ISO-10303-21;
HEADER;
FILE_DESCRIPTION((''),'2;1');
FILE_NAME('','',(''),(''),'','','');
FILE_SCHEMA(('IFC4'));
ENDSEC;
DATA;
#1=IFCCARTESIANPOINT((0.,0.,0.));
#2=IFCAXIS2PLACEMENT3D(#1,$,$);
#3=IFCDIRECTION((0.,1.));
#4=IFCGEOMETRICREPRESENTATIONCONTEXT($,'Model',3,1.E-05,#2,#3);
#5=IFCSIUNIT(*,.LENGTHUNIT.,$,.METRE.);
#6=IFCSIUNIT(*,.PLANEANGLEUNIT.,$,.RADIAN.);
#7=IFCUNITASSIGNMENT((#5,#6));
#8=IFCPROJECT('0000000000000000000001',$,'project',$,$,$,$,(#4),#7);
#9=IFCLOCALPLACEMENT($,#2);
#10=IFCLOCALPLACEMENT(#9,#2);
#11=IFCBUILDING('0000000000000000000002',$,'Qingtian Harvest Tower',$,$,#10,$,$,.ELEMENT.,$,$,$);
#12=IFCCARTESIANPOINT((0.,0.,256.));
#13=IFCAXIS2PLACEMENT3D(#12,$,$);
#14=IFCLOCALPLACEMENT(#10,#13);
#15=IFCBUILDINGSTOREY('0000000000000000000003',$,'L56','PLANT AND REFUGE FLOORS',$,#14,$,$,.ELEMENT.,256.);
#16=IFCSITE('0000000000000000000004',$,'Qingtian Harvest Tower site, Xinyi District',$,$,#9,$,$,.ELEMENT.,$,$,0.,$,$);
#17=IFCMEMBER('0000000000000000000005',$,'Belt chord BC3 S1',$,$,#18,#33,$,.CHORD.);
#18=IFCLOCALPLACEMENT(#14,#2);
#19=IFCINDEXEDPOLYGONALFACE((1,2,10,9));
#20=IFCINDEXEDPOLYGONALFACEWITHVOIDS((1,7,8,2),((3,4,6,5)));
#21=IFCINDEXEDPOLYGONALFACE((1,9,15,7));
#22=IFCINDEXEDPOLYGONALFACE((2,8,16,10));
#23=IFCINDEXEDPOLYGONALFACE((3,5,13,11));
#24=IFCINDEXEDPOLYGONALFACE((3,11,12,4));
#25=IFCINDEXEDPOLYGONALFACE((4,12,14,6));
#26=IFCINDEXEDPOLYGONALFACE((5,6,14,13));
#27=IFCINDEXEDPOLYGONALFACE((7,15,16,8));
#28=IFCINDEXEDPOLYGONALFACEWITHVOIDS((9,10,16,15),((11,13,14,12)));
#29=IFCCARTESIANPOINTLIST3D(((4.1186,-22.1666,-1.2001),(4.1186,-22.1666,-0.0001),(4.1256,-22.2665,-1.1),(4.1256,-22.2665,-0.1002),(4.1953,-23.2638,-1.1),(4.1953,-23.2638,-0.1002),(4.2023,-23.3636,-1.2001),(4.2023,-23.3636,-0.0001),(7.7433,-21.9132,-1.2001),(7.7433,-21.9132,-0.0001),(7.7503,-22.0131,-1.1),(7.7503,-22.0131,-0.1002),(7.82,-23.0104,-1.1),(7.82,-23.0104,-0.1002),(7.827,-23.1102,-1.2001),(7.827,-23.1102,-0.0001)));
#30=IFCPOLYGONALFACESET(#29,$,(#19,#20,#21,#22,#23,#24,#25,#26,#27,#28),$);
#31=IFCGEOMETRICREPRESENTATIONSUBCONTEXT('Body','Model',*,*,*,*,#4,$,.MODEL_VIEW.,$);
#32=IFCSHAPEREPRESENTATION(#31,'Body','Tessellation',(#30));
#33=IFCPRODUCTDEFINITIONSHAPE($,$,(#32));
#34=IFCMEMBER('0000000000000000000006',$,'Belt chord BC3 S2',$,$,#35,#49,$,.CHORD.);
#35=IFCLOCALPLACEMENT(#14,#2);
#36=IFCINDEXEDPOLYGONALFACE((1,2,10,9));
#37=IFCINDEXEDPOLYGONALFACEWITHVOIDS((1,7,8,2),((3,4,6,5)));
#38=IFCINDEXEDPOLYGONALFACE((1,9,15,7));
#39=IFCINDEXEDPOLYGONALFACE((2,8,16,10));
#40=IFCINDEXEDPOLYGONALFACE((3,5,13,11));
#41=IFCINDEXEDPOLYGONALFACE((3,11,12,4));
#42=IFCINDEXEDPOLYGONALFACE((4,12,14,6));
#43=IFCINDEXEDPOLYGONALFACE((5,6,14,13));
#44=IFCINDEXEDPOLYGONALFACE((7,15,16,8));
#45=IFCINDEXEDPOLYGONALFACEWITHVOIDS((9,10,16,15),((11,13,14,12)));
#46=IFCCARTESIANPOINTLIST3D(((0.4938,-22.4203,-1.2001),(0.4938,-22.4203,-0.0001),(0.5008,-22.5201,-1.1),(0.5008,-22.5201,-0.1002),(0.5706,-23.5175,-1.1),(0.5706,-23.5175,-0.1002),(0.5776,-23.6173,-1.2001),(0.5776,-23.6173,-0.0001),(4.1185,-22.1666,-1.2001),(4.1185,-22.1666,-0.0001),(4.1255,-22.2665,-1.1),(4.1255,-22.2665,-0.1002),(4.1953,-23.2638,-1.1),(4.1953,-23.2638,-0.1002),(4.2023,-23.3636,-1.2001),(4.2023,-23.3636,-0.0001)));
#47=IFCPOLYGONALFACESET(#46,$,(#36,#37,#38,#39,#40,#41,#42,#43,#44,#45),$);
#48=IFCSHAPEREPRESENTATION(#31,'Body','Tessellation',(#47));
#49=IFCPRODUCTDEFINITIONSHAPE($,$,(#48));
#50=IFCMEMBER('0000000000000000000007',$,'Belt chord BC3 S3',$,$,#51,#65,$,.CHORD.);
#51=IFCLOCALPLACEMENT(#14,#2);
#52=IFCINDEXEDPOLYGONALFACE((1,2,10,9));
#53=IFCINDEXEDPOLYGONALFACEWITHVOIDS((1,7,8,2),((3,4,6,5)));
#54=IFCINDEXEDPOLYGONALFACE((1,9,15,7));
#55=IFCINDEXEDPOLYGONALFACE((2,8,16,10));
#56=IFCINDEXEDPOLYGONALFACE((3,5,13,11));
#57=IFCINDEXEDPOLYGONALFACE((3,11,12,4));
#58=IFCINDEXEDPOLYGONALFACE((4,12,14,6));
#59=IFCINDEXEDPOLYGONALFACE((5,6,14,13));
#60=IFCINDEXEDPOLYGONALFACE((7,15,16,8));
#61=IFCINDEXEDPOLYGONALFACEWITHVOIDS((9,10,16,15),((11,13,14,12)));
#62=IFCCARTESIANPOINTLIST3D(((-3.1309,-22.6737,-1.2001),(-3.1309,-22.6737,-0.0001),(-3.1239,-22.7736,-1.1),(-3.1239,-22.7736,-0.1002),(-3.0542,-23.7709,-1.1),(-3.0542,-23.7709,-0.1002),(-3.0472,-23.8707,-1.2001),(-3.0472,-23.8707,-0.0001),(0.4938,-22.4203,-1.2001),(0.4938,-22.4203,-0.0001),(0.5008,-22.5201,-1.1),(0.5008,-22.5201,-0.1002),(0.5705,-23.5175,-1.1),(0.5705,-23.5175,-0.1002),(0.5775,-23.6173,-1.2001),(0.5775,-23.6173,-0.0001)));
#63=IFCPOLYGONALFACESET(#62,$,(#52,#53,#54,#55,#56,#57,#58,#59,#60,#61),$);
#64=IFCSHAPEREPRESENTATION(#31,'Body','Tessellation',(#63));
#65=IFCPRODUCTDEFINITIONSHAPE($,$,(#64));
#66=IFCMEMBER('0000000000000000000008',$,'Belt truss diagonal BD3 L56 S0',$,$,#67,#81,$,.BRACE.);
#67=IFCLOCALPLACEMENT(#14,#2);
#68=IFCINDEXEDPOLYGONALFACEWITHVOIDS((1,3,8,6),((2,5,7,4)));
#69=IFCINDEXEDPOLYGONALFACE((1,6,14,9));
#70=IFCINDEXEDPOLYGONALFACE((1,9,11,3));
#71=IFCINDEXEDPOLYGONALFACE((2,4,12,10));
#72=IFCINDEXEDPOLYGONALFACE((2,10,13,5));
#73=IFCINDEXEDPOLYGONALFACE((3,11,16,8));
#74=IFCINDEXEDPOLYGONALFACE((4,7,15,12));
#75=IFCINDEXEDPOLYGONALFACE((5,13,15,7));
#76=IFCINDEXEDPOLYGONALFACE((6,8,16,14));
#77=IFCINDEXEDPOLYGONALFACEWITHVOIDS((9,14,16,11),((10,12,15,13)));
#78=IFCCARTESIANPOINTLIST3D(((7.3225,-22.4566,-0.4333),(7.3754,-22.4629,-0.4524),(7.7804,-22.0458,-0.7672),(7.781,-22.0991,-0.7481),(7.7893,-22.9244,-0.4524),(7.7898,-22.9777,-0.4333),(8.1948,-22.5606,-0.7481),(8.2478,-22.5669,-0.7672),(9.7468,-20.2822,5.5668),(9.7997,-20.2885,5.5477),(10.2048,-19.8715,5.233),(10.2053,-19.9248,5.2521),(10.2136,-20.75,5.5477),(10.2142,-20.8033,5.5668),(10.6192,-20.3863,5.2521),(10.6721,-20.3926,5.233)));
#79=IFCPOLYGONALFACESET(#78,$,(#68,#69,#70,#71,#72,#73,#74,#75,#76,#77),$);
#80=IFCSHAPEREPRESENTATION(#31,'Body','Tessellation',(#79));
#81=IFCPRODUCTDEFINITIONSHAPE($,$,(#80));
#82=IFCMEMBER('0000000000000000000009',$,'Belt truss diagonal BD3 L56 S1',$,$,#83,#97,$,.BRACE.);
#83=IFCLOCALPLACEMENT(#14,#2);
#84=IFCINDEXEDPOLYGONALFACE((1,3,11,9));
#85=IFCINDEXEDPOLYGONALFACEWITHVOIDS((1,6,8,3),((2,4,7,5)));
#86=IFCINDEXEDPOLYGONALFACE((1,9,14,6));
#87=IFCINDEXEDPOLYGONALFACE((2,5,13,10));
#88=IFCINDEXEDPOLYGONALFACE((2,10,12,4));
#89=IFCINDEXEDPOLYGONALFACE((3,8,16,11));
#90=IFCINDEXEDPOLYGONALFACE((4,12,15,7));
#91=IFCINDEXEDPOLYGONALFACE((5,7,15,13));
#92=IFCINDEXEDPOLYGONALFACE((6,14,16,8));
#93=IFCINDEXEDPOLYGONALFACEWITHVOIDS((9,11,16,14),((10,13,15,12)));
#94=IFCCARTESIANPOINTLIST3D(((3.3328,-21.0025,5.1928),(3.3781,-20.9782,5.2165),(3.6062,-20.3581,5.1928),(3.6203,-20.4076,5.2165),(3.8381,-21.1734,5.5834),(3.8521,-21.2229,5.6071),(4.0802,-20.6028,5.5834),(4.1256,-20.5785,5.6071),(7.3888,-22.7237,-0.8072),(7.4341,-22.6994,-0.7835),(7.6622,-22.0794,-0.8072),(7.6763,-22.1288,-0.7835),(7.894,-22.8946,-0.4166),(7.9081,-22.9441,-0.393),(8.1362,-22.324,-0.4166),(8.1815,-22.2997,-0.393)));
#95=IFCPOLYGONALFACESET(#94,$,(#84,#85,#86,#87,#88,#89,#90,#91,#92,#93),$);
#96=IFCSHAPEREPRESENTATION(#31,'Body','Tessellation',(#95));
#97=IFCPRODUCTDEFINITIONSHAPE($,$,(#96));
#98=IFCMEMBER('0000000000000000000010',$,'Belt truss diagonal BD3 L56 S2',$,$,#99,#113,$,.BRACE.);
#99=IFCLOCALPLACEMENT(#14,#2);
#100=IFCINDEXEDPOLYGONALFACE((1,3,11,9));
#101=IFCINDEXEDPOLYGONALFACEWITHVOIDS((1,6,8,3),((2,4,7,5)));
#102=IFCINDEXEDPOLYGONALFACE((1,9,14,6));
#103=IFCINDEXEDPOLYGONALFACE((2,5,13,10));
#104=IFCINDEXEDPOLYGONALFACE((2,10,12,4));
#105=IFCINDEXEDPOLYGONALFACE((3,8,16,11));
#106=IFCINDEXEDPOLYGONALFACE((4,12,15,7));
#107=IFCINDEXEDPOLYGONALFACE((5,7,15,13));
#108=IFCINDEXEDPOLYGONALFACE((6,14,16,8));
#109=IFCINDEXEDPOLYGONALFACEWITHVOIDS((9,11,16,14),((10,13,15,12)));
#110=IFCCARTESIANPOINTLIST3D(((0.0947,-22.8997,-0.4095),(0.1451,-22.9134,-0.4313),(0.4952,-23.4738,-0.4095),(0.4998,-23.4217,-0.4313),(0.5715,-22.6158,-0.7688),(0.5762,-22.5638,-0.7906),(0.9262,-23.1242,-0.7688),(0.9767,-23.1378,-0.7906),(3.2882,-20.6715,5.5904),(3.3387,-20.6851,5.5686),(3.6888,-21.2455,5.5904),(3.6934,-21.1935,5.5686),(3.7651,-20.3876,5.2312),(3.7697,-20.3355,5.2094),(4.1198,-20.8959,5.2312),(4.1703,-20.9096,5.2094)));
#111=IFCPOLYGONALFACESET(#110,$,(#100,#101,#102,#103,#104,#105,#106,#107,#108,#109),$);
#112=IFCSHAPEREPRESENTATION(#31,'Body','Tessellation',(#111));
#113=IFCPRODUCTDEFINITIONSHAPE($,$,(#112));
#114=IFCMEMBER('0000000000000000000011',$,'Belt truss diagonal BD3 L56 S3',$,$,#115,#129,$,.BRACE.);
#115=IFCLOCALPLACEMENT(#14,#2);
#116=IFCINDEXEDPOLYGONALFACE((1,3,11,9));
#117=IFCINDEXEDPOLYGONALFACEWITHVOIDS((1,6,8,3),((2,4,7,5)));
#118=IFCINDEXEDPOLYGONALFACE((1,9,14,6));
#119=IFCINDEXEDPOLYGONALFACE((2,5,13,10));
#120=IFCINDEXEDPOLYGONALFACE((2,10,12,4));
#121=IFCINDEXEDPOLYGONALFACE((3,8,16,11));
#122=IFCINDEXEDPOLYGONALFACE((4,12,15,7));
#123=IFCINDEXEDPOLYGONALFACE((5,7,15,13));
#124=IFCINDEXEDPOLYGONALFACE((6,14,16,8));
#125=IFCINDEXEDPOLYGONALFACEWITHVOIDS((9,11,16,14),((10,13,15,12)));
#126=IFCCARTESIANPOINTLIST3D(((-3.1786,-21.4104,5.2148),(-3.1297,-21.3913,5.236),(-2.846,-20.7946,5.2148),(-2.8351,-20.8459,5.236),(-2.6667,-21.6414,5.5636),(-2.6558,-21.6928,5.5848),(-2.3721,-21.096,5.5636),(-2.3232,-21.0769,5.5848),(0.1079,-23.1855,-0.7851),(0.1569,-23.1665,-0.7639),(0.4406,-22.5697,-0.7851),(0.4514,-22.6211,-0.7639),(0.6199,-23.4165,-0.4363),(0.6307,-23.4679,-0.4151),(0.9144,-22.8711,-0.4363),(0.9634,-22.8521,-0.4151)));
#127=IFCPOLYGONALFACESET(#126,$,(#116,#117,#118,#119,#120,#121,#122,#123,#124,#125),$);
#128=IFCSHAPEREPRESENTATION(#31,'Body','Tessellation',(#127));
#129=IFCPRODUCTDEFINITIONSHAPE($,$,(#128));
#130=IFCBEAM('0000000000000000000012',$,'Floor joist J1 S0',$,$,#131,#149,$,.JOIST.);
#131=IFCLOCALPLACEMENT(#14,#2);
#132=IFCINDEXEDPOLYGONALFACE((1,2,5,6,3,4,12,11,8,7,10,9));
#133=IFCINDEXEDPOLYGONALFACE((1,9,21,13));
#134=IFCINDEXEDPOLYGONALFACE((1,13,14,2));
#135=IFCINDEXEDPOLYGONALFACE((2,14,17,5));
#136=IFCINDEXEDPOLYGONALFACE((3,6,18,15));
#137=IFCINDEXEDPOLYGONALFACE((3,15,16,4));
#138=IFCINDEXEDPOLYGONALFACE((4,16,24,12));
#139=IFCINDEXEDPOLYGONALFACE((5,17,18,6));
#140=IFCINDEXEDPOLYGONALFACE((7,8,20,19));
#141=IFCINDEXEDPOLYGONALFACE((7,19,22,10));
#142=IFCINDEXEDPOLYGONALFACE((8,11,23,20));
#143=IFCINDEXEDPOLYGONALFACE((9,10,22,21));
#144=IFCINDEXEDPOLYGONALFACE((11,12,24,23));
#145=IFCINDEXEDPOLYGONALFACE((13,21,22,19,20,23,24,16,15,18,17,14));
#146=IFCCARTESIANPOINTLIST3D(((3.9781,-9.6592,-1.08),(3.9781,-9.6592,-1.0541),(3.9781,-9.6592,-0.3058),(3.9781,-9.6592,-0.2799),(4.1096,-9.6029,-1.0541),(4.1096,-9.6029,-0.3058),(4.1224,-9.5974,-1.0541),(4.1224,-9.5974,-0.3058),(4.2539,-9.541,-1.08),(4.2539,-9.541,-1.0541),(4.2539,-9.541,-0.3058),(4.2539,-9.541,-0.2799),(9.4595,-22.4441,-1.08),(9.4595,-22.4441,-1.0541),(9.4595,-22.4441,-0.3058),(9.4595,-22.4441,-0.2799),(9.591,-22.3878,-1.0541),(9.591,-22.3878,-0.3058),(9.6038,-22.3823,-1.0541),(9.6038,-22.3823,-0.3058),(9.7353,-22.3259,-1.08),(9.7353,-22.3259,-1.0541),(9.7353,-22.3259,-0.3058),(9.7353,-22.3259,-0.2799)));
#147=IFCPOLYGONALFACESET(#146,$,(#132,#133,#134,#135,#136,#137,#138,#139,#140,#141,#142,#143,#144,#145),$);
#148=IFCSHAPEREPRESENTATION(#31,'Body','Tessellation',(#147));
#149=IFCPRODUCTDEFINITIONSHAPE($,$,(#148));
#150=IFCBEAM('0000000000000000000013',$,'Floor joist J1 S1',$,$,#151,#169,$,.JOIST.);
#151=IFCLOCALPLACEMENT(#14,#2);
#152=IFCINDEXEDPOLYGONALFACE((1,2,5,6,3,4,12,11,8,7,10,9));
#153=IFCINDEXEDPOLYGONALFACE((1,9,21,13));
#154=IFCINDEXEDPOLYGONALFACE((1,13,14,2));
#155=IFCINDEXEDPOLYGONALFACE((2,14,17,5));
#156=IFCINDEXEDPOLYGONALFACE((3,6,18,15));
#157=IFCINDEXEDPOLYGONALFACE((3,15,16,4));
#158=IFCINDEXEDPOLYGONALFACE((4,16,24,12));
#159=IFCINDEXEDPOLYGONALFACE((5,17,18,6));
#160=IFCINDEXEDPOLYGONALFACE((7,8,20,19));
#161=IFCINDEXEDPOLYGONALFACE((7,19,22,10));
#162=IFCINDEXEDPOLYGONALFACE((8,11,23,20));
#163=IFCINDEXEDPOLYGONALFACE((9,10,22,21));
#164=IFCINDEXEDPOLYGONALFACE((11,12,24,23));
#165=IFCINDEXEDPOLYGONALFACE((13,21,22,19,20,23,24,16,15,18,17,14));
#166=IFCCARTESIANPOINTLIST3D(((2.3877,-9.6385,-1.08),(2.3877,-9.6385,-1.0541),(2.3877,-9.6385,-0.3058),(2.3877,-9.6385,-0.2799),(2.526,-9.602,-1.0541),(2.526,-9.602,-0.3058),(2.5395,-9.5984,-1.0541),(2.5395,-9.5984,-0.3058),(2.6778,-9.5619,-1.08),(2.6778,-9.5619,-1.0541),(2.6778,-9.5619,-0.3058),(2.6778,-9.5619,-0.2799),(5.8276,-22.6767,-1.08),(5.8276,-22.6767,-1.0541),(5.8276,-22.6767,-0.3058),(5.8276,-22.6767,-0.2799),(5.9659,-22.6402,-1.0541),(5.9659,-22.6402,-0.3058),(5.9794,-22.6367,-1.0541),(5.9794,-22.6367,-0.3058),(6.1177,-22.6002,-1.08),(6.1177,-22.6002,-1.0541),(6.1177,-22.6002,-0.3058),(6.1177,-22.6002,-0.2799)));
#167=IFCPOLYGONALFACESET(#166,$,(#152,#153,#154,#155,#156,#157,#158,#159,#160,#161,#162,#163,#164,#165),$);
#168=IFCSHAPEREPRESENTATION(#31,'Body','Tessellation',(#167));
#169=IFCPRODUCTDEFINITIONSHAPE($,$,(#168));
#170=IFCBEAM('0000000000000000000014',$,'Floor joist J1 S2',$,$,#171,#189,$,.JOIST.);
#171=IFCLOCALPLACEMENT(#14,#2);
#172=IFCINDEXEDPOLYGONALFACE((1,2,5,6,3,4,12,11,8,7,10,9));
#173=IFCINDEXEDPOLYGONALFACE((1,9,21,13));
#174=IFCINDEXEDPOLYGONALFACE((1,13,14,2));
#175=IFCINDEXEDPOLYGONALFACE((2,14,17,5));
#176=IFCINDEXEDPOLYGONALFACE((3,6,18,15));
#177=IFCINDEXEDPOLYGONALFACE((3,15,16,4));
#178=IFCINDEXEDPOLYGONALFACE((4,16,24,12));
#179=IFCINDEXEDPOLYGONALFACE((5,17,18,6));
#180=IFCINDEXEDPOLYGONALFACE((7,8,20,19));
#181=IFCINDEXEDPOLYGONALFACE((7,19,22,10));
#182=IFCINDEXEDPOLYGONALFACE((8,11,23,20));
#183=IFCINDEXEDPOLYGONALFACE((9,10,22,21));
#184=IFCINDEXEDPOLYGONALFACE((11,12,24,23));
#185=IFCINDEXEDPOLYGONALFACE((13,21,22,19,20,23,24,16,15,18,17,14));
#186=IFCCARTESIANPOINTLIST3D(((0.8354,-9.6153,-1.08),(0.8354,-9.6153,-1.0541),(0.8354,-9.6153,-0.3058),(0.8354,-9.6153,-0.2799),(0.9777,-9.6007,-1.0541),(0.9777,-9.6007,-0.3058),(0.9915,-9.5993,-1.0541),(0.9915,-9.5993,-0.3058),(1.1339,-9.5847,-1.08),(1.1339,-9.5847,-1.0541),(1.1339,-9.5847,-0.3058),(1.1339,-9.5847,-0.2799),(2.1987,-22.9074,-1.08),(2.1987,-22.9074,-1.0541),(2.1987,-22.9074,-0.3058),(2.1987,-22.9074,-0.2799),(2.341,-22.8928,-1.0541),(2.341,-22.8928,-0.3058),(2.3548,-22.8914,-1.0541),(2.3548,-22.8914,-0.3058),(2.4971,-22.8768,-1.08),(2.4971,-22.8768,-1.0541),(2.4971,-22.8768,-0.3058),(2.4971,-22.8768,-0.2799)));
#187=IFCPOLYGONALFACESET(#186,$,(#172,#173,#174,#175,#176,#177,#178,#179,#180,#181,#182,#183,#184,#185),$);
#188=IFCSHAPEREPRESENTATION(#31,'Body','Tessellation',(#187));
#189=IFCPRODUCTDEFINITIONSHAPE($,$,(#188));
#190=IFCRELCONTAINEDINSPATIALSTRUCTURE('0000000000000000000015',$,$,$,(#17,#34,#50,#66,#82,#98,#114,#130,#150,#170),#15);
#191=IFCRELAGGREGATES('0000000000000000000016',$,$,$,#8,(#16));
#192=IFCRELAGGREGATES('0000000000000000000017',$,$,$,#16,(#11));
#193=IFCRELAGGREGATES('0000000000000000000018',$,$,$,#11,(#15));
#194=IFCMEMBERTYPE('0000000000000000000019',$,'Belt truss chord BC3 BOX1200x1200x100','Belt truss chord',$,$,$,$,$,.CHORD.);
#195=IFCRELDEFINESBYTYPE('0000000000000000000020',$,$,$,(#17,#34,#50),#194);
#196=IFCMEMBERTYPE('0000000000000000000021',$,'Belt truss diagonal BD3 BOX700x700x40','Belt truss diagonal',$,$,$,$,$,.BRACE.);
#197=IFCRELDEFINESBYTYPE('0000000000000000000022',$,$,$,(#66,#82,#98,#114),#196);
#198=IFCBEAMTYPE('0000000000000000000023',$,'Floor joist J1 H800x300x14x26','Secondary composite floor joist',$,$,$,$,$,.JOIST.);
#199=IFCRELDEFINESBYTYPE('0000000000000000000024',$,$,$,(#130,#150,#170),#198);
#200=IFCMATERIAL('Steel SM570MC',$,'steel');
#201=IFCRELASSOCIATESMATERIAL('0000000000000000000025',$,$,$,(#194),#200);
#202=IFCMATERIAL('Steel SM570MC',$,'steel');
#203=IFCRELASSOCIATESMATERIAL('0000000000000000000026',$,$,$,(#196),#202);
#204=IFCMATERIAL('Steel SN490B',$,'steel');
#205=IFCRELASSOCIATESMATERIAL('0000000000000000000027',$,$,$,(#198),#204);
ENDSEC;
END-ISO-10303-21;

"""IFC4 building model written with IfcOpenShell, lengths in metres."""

from ifc_helpers import new_model, si_unit, direction, frame, origin, origin_2d, place, context, subcontext, project, spatial, hollow_rectangle, i_section, extrude, material, material_profile, profile_set, type_object, element, save


model = new_model("IFC4")

# Units and contexts
model_context = context("Model", 3, precision=1e-05, world=origin(), true_north=direction((0.0, 1.0)))
body_context = subcontext(model_context, "Body", "Model", "MODEL_VIEW")
ifc_project = project(units=[si_unit("LENGTHUNIT", "METRE"), si_unit("PLANEANGLEUNIT", "RADIAN")], contexts=[model_context])

# Site, building, storey
site_placement = place(None, origin())
site = spatial("IfcSite", under=ifc_project, at=site_placement, Name="Qingtian Harvest Tower site, Xinyi District", CompositionType="ELEMENT", RefElevation=0.0)
building_placement = place(site_placement, origin())
building = spatial("IfcBuilding", under=site, at=building_placement, Name="Qingtian Harvest Tower", CompositionType="ELEMENT")
storey_placement = place(building_placement, frame((0.0, 0.0, 256.0)))
storey = spatial("IfcBuildingStorey", under=building, at=storey_placement, Name="L56", Description="PLANT AND REFUGE FLOORS", CompositionType="ELEMENT", Elevation=256.0)

# Members
ifc_material_1 = material(Name="Steel SM570MC", Category="steel")
ifc_material_profile_1 = material_profile(ifc_material_1, hollow_rectangle(XDim=1.2, YDim=1.2, WallThickness=0.1001, at=origin_2d()), Name="BOX1200x1200x100")
ifc_profile_set_1 = profile_set([ifc_material_profile_1], Name="Steel SM570MC")
member_type_1 = type_object("IfcMemberType", Name="Belt truss chord BC3 BOX1200x1200x100", Description="Belt truss chord", PredefinedType="CHORD", material=ifc_profile_set_1)
for number, where, z_axis, x_axis, name in (
    (1, (7.7852, -22.5117, -0.6001), (-0.997565, -0.069743, 0.0), (0.069743, -0.997565, 0.0), "Belt chord BC3 S1"),
    (2, (4.1604, -22.7651, -0.6001), (-0.99756, -0.06981, 0.0), (0.06981, -0.99756, 0.0), "Belt chord BC3 S2"),
    (3, (0.5356, -23.0188, -0.6001), (-0.997565, -0.069743, 0.0), (0.069743, -0.997565, 0.0), "Belt chord BC3 S3"),
):
    element("IfcMember", number, at=place(storey_placement, frame(where, z_axis=z_axis, x_axis=x_axis)), inside=storey, type_object=member_type_1, Name=name, PredefinedType="CHORD", context=body_context, shape_type="SweptSolid", body=[
        extrude(hollow_rectangle(XDim=1.2, YDim=1.2, WallThickness=0.1001, at=origin_2d()), origin(), (0.0, 0.0, 1.0), 3.6335),
    ])
ifc_material_2 = material(Name="Steel SM570MC", Category="steel")
ifc_material_profile_2 = material_profile(ifc_material_2, hollow_rectangle(XDim=0.7, YDim=0.7, WallThickness=0.04, at=origin_2d()), Name="BOX700x700x40")
ifc_profile_set_2 = profile_set([ifc_material_profile_2], Name="Steel SM570MC")
member_type_2 = type_object("IfcMemberType", Name="Belt truss diagonal BD3 BOX700x700x40", Description="Belt truss diagonal", PredefinedType="BRACE", material=ifc_profile_set_2)
member_1_placement = place(storey_placement, frame((10.2095, -20.3374, 5.3999), z_axis=(-0.355118, -0.318498, -0.878891), x_axis=(0.66768, -0.744449, 0.0)))
element("IfcMember", 4, at=member_1_placement, inside=storey, type_object=member_type_2, Name="Belt truss diagonal BD3 L56 S0", PredefinedType="BRACE", context=body_context, shape_type="SweptSolid", body=[
    extrude(hollow_rectangle(XDim=0.7, YDim=0.7, WallThickness=0.04, at=origin_2d()), origin(), (0.0, 0.0, 1.0), 6.8269),
])
member_2_placement = place(storey_placement, frame((7.7852, -22.5117, -0.6001), z_axis=(-0.544857, 0.231219, 0.80602), x_axis=(-0.390647, -0.920541, 0.0)))
element("IfcMember", 5, at=member_2_placement, inside=storey, type_object=member_type_2, Name="Belt truss diagonal BD3 L56 S1", PredefinedType="BRACE", context=body_context, shape_type="SweptSolid", body=[
    extrude(hollow_rectangle(XDim=0.7, YDim=0.7, WallThickness=0.04, at=origin_2d()), origin(), (0.0, 0.0, 1.0), 7.4441),
])
member_3_placement = place(storey_placement, frame((3.7292, -20.7905, 5.3999), z_axis=(-0.446475, -0.311519, -0.838818), x_axis=(0.572212, -0.820106, 0.0)))
element("IfcMember", 6, at=member_3_placement, inside=storey, type_object=member_type_2, Name="Belt truss diagonal BD3 L56 S2", PredefinedType="BRACE", context=body_context, shape_type="SweptSolid", body=[
    extrude(hollow_rectangle(XDim=0.7, YDim=0.7, WallThickness=0.04, at=origin_2d()), origin(), (0.0, 0.0, 1.0), 7.1528),
])
member_4_placement = place(storey_placement, frame((0.5356, -23.0188, -0.6001), z_axis=(-0.465017, 0.251162, 0.848927), x_axis=(-0.475226, -0.879864, 0.0)))
element("IfcMember", 7, at=member_4_placement, inside=storey, type_object=member_type_2, Name="Belt truss diagonal BD3 L56 S3", PredefinedType="BRACE", context=body_context, shape_type="SweptSolid", body=[
    extrude(hollow_rectangle(XDim=0.7, YDim=0.7, WallThickness=0.04, at=origin_2d()), origin(), (0.0, 0.0, 1.0), 7.0676),
])

# Beams
ifc_material_3 = material(Name="Steel SN490B", Category="steel")
ifc_material_profile_3 = material_profile(ifc_material_3, i_section(OverallWidth=0.3, OverallDepth=0.8, WebThickness=0.0139, FlangeThickness=0.0259, at=origin_2d()), Name="H800x300x14x26")
ifc_profile_set_3 = profile_set([ifc_material_profile_3], Name="Steel SN490B")
beam_type_1 = type_object("IfcBeamType", Name="Floor joist J1 H800x300x14x26", Description="Secondary composite floor joist", PredefinedType="JOIST", material=ifc_profile_set_3)
beam_1_placement = place(storey_placement, frame((9.5974, -22.385, -0.6799), z_axis=(-0.394053, 0.919088, 0.0), x_axis=(-0.919088, -0.394053, 0.0)))
element("IfcBeam", 8, at=beam_1_placement, inside=storey, type_object=beam_type_1, Name="Floor joist J1 S0", PredefinedType="JOIST", context=body_context, shape_type="SweptSolid", body=[
    extrude(i_section(OverallWidth=0.3, OverallDepth=0.8, WebThickness=0.0139, FlangeThickness=0.0259, at=origin_2d()), origin(), (0.0, 0.0, 1.0), 13.9104),
])
beam_2_placement = place(storey_placement, frame((5.9727, -22.6384, -0.6799), z_axis=(-0.255104, 0.966914, 0.0), x_axis=(-0.966914, -0.255104, 0.0)))
element("IfcBeam", 9, at=beam_2_placement, inside=storey, type_object=beam_type_1, Name="Floor joist J1 S1", PredefinedType="JOIST", context=body_context, shape_type="SweptSolid", body=[
    extrude(i_section(OverallWidth=0.3, OverallDepth=0.8, WebThickness=0.0139, FlangeThickness=0.0259, at=origin_2d()), origin(), (0.0, 0.0, 1.0), 13.4844),
])
beam_3_placement = place(storey_placement, frame((2.3479, -22.8921, -0.6799), z_axis=(-0.102029, 0.994781, 0.0), x_axis=(-0.994781, -0.102029, 0.0)))
element("IfcBeam", 10, at=beam_3_placement, inside=storey, type_object=beam_type_1, Name="Floor joist J1 S2", PredefinedType="JOIST", context=body_context, shape_type="SweptSolid", body=[
    extrude(i_section(OverallWidth=0.3, OverallDepth=0.8, WebThickness=0.0139, FlangeThickness=0.0259, at=origin_2d()), origin(), (0.0, 0.0, 1.0), 13.3618),
])

save(model, "model.ifc")
